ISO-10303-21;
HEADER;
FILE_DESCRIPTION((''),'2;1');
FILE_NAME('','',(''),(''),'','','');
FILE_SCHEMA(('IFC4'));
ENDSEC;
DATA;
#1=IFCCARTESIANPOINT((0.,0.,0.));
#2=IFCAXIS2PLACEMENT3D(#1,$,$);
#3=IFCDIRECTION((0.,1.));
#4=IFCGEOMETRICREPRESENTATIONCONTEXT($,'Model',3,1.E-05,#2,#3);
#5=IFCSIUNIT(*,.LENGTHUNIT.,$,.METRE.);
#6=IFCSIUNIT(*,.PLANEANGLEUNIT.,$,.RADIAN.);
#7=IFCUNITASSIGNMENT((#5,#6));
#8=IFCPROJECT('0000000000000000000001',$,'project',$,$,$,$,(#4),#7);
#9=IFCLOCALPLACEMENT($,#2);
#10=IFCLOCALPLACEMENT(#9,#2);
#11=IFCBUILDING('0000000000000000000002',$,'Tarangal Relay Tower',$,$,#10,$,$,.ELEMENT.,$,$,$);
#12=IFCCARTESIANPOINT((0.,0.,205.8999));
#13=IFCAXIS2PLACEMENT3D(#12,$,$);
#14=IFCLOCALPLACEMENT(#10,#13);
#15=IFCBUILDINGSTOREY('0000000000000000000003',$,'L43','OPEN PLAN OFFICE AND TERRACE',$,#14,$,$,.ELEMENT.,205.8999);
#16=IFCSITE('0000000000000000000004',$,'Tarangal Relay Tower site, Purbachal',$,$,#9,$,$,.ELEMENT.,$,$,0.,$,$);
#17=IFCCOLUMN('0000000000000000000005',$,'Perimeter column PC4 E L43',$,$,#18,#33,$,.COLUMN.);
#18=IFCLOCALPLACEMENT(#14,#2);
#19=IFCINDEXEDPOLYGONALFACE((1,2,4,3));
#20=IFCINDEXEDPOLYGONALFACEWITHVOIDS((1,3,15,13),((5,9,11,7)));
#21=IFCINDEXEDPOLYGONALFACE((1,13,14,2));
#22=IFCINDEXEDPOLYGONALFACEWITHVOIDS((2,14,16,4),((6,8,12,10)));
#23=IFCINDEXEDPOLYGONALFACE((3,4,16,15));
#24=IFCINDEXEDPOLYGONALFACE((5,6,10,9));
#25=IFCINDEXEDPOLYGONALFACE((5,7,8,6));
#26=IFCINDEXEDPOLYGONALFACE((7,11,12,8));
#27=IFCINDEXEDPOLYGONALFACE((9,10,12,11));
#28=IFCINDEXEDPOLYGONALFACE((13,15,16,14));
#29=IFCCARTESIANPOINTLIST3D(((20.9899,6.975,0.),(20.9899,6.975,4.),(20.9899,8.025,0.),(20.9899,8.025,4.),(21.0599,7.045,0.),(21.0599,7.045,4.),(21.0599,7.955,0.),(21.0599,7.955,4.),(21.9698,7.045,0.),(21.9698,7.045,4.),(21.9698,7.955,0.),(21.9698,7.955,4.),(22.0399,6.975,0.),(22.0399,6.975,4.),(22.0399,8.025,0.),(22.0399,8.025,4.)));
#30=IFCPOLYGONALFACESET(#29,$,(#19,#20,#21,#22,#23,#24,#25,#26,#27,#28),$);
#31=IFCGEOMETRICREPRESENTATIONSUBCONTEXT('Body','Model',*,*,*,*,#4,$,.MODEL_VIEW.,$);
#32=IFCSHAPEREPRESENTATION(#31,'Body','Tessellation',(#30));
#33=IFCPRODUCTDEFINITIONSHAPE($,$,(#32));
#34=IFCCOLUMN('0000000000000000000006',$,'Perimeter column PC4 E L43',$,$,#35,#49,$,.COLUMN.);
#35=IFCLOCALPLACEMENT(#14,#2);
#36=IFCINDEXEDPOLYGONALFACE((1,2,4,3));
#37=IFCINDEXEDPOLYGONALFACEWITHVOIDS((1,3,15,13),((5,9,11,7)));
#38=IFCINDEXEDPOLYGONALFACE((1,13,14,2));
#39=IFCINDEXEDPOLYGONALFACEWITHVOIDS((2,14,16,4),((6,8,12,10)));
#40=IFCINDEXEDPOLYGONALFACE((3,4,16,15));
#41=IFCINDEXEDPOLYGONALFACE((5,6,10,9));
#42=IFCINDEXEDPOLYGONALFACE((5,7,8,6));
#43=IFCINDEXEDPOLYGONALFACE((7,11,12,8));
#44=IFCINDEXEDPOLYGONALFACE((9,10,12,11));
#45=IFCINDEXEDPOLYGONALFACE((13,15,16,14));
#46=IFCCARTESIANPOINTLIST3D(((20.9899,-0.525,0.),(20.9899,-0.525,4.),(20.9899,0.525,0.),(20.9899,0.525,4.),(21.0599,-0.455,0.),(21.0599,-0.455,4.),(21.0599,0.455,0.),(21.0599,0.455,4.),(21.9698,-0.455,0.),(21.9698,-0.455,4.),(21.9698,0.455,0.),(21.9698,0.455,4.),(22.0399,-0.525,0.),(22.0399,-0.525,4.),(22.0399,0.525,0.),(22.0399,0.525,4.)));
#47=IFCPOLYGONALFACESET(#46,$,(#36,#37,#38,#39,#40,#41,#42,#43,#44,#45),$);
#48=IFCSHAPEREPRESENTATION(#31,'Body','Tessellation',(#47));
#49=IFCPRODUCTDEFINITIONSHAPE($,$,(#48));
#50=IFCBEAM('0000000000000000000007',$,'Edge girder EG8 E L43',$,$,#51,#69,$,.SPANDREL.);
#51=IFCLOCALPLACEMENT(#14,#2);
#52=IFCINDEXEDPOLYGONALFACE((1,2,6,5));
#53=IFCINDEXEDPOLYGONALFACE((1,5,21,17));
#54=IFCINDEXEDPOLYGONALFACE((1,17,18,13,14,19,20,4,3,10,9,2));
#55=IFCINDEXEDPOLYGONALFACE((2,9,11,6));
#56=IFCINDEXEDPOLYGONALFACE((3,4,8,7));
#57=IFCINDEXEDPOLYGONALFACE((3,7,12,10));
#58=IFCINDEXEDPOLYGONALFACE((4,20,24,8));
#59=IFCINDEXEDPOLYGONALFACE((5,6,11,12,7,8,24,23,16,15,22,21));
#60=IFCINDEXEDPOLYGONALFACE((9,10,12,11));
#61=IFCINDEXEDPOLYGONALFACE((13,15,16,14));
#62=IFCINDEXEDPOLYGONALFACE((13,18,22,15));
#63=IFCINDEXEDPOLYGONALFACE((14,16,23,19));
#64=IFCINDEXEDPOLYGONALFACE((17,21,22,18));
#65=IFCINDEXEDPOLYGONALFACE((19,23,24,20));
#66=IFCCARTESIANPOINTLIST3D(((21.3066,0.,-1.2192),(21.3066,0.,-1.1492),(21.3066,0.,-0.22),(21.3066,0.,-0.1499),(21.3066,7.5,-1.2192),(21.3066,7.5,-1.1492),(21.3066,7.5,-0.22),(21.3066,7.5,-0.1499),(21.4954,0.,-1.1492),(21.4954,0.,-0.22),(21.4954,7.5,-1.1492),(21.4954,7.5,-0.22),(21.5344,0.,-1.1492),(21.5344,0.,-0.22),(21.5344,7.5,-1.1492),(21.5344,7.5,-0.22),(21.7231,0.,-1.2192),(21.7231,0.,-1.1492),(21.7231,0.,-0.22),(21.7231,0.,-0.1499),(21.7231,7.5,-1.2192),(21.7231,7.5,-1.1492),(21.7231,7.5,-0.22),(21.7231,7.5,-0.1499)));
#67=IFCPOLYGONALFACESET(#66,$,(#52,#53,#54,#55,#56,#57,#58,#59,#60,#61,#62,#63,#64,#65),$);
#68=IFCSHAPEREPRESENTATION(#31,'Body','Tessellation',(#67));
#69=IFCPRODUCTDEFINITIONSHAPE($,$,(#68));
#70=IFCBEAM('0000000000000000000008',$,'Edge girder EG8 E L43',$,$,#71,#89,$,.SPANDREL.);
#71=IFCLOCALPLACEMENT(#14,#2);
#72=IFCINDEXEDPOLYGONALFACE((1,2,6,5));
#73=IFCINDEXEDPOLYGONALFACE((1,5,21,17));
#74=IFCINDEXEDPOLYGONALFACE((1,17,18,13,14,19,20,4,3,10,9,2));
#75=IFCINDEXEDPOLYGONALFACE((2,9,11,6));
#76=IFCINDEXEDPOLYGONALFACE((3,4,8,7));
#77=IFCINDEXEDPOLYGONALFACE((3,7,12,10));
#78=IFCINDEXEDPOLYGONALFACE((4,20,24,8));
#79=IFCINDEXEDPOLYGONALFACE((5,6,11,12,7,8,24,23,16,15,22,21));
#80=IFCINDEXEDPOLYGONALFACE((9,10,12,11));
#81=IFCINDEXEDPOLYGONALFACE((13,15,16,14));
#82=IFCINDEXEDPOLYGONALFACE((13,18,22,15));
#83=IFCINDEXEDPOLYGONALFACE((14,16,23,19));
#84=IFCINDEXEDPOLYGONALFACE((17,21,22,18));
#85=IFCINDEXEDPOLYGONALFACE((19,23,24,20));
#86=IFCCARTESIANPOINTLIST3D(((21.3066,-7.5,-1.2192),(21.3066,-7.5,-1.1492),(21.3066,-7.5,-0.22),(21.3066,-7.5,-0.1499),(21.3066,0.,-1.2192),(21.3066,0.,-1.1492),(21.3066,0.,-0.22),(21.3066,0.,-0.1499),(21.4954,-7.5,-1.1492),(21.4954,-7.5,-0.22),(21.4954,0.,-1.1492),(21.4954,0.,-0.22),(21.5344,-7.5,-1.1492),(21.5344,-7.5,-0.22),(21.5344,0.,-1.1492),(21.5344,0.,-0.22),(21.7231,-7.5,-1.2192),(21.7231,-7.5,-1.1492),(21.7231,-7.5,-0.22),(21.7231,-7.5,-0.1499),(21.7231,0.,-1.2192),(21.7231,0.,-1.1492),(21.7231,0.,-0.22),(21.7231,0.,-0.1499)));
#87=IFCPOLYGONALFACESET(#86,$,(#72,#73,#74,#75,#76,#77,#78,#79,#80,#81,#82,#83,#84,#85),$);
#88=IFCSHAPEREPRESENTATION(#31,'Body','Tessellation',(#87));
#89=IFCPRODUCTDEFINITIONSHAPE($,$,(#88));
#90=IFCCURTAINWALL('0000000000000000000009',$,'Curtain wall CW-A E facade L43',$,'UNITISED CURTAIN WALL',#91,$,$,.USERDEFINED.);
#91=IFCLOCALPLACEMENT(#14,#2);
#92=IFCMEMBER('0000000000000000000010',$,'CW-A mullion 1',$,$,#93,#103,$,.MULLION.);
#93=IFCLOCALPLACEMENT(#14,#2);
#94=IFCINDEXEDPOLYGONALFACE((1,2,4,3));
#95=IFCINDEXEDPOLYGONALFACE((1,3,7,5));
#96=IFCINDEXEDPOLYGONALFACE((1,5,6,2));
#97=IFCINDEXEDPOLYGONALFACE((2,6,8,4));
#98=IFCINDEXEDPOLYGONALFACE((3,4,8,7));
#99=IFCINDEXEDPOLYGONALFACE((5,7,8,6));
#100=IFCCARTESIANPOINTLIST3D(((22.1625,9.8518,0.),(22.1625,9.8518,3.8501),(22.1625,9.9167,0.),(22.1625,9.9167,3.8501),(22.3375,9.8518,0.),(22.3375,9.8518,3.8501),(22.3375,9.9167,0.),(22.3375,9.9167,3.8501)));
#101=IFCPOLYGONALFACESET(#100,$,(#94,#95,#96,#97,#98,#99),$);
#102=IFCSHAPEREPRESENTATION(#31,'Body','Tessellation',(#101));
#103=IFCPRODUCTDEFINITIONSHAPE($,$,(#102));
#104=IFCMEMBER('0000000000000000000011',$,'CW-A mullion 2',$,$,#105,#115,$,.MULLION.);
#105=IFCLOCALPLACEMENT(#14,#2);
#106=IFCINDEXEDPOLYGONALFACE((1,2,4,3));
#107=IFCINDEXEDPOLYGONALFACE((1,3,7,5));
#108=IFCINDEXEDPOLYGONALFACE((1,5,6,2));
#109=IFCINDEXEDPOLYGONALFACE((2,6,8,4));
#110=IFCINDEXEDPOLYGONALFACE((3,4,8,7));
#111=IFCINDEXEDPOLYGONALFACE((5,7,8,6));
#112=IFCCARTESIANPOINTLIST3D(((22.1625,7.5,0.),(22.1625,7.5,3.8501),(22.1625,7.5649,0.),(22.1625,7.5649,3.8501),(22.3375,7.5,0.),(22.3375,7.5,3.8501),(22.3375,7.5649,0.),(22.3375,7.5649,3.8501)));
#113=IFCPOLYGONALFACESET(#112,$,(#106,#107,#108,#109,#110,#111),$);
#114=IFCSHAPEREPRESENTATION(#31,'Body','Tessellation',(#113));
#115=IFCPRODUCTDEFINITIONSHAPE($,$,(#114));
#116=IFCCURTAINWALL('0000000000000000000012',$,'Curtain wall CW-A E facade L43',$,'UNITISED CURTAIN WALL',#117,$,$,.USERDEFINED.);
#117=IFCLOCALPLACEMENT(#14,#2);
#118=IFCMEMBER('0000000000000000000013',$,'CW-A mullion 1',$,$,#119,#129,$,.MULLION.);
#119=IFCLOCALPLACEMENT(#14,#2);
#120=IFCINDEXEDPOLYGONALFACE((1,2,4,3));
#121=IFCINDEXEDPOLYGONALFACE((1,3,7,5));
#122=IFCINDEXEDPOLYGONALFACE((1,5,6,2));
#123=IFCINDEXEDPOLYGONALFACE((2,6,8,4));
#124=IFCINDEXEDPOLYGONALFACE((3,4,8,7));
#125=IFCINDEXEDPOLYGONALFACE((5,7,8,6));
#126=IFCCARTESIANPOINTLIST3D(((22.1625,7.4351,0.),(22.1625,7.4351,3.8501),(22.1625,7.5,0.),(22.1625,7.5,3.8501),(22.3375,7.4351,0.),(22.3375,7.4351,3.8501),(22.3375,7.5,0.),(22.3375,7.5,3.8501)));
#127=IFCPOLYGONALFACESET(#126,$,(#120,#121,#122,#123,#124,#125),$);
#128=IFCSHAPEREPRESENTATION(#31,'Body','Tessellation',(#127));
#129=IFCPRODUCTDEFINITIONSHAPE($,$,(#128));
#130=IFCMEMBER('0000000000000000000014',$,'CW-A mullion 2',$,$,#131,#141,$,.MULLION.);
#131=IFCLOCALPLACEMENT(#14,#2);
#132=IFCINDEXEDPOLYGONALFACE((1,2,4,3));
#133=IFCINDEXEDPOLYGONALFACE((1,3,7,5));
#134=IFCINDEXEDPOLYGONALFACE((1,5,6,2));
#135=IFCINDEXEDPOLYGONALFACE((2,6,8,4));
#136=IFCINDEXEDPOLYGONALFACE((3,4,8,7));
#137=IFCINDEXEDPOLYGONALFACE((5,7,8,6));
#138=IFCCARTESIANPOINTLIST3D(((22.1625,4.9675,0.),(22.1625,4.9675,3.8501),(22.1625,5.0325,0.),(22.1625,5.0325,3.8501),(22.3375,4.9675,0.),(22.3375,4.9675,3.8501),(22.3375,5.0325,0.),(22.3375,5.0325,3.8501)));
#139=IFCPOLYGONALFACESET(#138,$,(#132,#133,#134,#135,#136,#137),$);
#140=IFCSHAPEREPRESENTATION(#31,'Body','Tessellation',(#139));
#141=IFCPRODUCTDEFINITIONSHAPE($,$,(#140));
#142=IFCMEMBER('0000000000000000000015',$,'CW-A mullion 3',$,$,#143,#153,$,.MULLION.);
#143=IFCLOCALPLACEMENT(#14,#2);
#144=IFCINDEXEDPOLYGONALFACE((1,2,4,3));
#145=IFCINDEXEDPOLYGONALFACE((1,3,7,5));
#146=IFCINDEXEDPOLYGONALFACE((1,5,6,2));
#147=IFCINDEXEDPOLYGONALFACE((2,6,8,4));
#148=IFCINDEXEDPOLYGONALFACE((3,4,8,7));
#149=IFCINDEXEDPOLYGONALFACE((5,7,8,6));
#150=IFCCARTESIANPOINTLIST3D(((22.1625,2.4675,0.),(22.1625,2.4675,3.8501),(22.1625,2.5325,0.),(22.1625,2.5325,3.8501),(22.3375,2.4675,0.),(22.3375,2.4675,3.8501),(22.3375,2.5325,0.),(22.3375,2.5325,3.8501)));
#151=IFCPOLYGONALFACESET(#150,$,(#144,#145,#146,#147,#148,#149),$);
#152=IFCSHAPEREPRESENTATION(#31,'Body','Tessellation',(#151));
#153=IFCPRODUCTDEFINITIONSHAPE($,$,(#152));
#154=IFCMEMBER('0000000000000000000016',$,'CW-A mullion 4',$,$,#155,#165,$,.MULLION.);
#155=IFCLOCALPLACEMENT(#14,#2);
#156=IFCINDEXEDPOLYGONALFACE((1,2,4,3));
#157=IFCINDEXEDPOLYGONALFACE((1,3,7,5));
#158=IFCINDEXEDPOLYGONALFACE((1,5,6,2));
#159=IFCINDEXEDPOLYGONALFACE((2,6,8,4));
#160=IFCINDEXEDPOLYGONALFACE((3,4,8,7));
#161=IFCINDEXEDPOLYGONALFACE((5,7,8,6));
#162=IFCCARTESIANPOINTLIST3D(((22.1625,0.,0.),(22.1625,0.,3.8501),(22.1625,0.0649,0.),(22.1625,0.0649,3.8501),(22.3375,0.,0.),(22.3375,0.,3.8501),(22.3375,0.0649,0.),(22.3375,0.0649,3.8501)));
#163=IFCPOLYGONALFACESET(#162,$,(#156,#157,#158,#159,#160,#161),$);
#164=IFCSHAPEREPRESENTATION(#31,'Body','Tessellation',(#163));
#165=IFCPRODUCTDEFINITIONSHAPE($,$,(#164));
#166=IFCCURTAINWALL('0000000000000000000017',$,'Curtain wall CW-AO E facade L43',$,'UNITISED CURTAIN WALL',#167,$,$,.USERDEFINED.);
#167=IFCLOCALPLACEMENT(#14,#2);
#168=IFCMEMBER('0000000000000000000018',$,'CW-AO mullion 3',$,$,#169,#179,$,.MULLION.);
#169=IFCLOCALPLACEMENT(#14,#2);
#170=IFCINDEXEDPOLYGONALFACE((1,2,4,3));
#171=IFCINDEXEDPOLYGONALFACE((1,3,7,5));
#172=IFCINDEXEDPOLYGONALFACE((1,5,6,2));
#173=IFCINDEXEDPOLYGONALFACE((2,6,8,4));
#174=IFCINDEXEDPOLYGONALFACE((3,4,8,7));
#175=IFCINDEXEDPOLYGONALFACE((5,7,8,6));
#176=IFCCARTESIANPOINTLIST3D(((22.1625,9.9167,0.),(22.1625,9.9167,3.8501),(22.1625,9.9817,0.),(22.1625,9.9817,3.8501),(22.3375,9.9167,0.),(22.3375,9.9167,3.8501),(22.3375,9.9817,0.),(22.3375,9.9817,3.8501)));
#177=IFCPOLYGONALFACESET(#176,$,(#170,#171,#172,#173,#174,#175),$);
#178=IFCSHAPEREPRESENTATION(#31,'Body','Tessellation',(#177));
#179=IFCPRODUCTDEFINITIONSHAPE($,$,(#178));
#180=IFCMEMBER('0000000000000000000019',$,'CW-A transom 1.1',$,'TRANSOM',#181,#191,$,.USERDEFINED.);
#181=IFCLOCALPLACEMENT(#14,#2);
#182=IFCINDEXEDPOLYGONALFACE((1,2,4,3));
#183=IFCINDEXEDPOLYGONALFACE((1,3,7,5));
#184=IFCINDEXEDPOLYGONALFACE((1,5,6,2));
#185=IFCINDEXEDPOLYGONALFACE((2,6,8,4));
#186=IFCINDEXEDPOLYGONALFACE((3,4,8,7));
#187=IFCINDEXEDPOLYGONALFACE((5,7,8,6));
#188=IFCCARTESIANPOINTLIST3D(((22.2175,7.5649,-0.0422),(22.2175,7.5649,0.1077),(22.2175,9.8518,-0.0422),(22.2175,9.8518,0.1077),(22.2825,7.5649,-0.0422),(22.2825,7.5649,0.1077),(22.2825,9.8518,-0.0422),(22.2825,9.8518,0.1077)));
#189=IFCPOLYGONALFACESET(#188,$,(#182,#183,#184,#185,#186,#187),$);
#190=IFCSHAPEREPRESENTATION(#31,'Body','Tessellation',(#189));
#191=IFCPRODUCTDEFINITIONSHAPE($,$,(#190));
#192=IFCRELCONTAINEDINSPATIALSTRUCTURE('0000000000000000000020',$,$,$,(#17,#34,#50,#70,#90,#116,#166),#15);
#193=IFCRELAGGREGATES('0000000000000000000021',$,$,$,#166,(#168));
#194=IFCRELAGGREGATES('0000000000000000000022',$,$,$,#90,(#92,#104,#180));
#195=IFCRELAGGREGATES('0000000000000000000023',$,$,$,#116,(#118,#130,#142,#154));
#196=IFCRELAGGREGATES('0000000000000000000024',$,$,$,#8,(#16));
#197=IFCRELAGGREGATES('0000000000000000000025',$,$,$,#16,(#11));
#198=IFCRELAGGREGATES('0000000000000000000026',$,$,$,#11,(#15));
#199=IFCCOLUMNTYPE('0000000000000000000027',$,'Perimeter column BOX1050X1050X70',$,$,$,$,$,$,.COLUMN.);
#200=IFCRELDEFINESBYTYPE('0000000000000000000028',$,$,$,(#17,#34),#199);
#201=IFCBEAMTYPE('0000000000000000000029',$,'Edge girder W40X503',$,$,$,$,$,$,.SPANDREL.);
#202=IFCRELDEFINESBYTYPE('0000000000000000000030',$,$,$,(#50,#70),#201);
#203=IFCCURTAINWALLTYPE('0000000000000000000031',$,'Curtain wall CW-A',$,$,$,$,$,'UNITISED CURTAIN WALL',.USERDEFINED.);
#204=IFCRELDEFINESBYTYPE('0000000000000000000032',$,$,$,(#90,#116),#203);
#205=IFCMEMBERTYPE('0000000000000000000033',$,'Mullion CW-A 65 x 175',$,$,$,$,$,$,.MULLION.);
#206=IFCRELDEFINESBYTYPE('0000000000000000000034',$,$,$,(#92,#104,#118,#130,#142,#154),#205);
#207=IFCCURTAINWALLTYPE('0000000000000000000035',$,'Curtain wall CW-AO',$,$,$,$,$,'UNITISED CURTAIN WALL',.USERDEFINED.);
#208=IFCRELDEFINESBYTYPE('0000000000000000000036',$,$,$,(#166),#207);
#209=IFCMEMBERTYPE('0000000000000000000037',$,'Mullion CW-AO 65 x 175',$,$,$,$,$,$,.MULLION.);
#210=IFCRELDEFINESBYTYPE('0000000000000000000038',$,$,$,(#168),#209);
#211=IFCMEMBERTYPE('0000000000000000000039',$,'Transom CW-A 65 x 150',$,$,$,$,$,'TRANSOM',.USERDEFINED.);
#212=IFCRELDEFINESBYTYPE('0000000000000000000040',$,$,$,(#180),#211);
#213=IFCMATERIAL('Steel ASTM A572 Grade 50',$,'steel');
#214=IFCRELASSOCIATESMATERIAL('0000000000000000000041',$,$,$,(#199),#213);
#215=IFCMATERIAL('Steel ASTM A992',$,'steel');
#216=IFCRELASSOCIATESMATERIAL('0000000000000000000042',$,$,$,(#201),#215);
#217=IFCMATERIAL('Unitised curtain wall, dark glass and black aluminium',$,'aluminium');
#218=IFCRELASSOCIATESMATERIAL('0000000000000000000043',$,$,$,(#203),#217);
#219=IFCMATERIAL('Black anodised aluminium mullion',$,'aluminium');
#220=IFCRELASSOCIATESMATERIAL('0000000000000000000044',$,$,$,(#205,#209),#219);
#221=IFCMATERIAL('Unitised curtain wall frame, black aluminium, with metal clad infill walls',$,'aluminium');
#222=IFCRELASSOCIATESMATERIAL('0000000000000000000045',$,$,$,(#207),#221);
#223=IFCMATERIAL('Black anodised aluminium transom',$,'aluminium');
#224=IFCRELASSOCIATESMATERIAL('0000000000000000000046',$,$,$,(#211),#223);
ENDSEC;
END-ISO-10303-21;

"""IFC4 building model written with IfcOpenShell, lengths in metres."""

from ifc_helpers import new_model, si_unit, direction, frame, origin, origin_2d, place, context, subcontext, project, spatial, rectangle, hollow_rectangle, i_section, extrude, material, material_profile, profile_set, type_object, element, aggregate, save


model = new_model("IFC4")

# Units and contexts
model_context = context("Model", 3, precision=1e-05, world=origin(), true_north=direction((0.0, 1.0)))
body_context = subcontext(model_context, "Body", "Model", "MODEL_VIEW")
ifc_project = project(units=[si_unit("LENGTHUNIT", "METRE"), si_unit("PLANEANGLEUNIT", "RADIAN")], contexts=[model_context])

# Site, building, storey
site_placement = place(None, origin())
site = spatial("IfcSite", under=ifc_project, at=site_placement, Name="Tarangal Relay Tower site, Purbachal", CompositionType="ELEMENT", RefElevation=0.0)
building_placement = place(site_placement, origin())
building = spatial("IfcBuilding", under=site, at=building_placement, Name="Tarangal Relay Tower", CompositionType="ELEMENT")
storey_placement = place(building_placement, frame((0.0, 0.0, 205.8999)))
storey = spatial("IfcBuildingStorey", under=building, at=storey_placement, Name="L43", Description="OPEN PLAN OFFICE AND TERRACE", CompositionType="ELEMENT", Elevation=205.8999)

# Columns
ifc_material_1 = material(Name="Steel ASTM A572 Grade 50", Category="steel")
ifc_material_profile_1 = material_profile(ifc_material_1, hollow_rectangle(XDim=1.05, YDim=1.05, WallThickness=0.0701, at=origin_2d()), Name="BOX1050X1050X70")
ifc_profile_set_1 = profile_set([ifc_material_profile_1], Name="Steel ASTM A572 Grade 50")
column_type = type_object("IfcColumnType", Name="Perimeter column BOX1050X1050X70", PredefinedType="COLUMN", material=ifc_profile_set_1)
for number, where, z_axis, x_axis, name in (
    (1, (21.5149, 7.5, 0.0), (0.0, 0.0, 1.0), (1.0, 0.0, 0.0), "Perimeter column PC4 E L43"),
    (2, (21.5149, 0.0, 0.0), (0.0, 0.0, 1.0), (1.0, 0.0, 0.0), "Perimeter column PC4 E L43"),
):
    element("IfcColumn", number, at=place(storey_placement, frame(where, z_axis=z_axis, x_axis=x_axis)), inside=storey, type_object=column_type, Name=name, PredefinedType="COLUMN", context=body_context, shape_type="SweptSolid", body=[
        extrude(hollow_rectangle(XDim=1.05, YDim=1.05, WallThickness=0.0701, at=origin_2d()), origin(), (0.0, 0.0, 1.0), 4.0),
    ])

# Beams
ifc_material_2 = material(Name="Steel ASTM A992", Category="steel")
ifc_material_profile_2 = material_profile(ifc_material_2, i_section(OverallWidth=0.4165, OverallDepth=1.0693, WebThickness=0.0391, FlangeThickness=0.0701, at=origin_2d()), Name="W40X503")
ifc_profile_set_2 = profile_set([ifc_material_profile_2], Name="Steel ASTM A992")
beam_type = type_object("IfcBeamType", Name="Edge girder W40X503", PredefinedType="SPANDREL", material=ifc_profile_set_2)
for number, where, z_axis, x_axis, name in (
    (3, (21.5149, 7.5, -0.6846), (0.0, -1.0, 0.0), (1.0, 0.0, 0.0), "Edge girder EG8 E L43"),
    (4, (21.5149, 0.0, -0.6846), (0.0, -1.0, 0.0), (1.0, 0.0, 0.0), "Edge girder EG8 E L43"),
):
    element("IfcBeam", number, at=place(storey_placement, frame(where, z_axis=z_axis, x_axis=x_axis)), inside=storey, type_object=beam_type, Name=name, PredefinedType="SPANDREL", context=body_context, shape_type="SweptSolid", body=[
        extrude(i_section(OverallWidth=0.4165, OverallDepth=1.0693, WebThickness=0.0391, FlangeThickness=0.0701, at=origin_2d()), origin(), (0.0, 0.0, 1.0), 7.5),
    ])

# Curtain walls, members
ifc_material_3 = material(Name="Unitised curtain wall, dark glass and black aluminium", Category="aluminium")
curtain_wall_type_1 = type_object("IfcCurtainWallType", Name="Curtain wall CW-A", ElementType="UNITISED CURTAIN WALL", PredefinedType="USERDEFINED", material=ifc_material_3)
curtain_wall_1_placement = place(storey_placement, origin())
curtain_wall_1 = element("IfcCurtainWall", 5, at=curtain_wall_1_placement, inside=storey, type_object=curtain_wall_type_1, Name="Curtain wall CW-A E facade L43", ObjectType="UNITISED CURTAIN WALL", PredefinedType="USERDEFINED")
ifc_material_4 = material(Name="Black anodised aluminium mullion", Category="aluminium")
ifc_material_profile_3 = material_profile(ifc_material_4, rectangle(XDim=0.175, YDim=0.0649, at=origin_2d()), Name="CW-AM 65X175")
ifc_profile_set_3 = profile_set([ifc_material_profile_3], Name="Black anodised aluminium mullion")
member_type_1 = type_object("IfcMemberType", Name="Mullion CW-A 65 x 175", PredefinedType="MULLION", material=ifc_profile_set_3)
member_1_placement = place(storey_placement, frame((22.25, 9.8843, 0.0), z_axis=(0.0, 0.0, 1.0), x_axis=(1.0, 0.0, 0.0)))
member_1 = element("IfcMember", 6, at=member_1_placement, type_object=member_type_1, Name="CW-A mullion 1", PredefinedType="MULLION", context=body_context, shape_type="SweptSolid", body=[
    extrude(rectangle(XDim=0.175, YDim=0.0649, at=origin_2d()), origin(), (0.0, 0.0, 1.0), 3.8501),
])
member_2_placement = place(storey_placement, frame((22.25, 7.5325, 0.0), z_axis=(0.0, 0.0, 1.0), x_axis=(1.0, 0.0, 0.0)))
member_2 = element("IfcMember", 7, at=member_2_placement, type_object=member_type_1, Name="CW-A mullion 2", PredefinedType="MULLION", context=body_context, shape_type="SweptSolid", body=[
    extrude(rectangle(XDim=0.175, YDim=0.0649, at=origin_2d()), origin(), (0.0, 0.0, 1.0), 3.8501),
])
curtain_wall_2_placement = place(storey_placement, origin())
curtain_wall_2 = element("IfcCurtainWall", 8, at=curtain_wall_2_placement, inside=storey, type_object=curtain_wall_type_1, Name="Curtain wall CW-A E facade L43", ObjectType="UNITISED CURTAIN WALL", PredefinedType="USERDEFINED")
member_3_placement = place(storey_placement, frame((22.25, 7.4675, 0.0), z_axis=(0.0, 0.0, 1.0), x_axis=(1.0, 0.0, 0.0)))
member_3 = element("IfcMember", 9, at=member_3_placement, type_object=member_type_1, Name="CW-A mullion 1", PredefinedType="MULLION", context=body_context, shape_type="SweptSolid", body=[
    extrude(rectangle(XDim=0.175, YDim=0.0649, at=origin_2d()), origin(), (0.0, 0.0, 1.0), 3.8501),
])
member_4_placement = place(storey_placement, frame((22.25, 5.0, 0.0), z_axis=(0.0, 0.0, 1.0), x_axis=(1.0, 0.0, 0.0)))
member_4 = element("IfcMember", 10, at=member_4_placement, type_object=member_type_1, Name="CW-A mullion 2", PredefinedType="MULLION", context=body_context, shape_type="SweptSolid", body=[
    extrude(rectangle(XDim=0.175, YDim=0.0649, at=origin_2d()), origin(), (0.0, 0.0, 1.0), 3.8501),
])
member_5_placement = place(storey_placement, frame((22.25, 2.5, 0.0), z_axis=(0.0, 0.0, 1.0), x_axis=(1.0, 0.0, 0.0)))
member_5 = element("IfcMember", 11, at=member_5_placement, type_object=member_type_1, Name="CW-A mullion 3", PredefinedType="MULLION", context=body_context, shape_type="SweptSolid", body=[
    extrude(rectangle(XDim=0.175, YDim=0.0649, at=origin_2d()), origin(), (0.0, 0.0, 1.0), 3.8501),
])
member_6_placement = place(storey_placement, frame((22.25, 0.0325, 0.0), z_axis=(0.0, 0.0, 1.0), x_axis=(1.0, 0.0, 0.0)))
member_6 = element("IfcMember", 12, at=member_6_placement, type_object=member_type_1, Name="CW-A mullion 4", PredefinedType="MULLION", context=body_context, shape_type="SweptSolid", body=[
    extrude(rectangle(XDim=0.175, YDim=0.0649, at=origin_2d()), origin(), (0.0, 0.0, 1.0), 3.8501),
])

# Curtain wall, member
ifc_material_5 = material(Name="Unitised curtain wall frame, black aluminium, with metal clad infill walls", Category="aluminium")
curtain_wall_type_2 = type_object("IfcCurtainWallType", Name="Curtain wall CW-AO", ElementType="UNITISED CURTAIN WALL", PredefinedType="USERDEFINED", material=ifc_material_5)
curtain_wall_3_placement = place(storey_placement, origin())
curtain_wall_3 = element("IfcCurtainWall", 13, at=curtain_wall_3_placement, inside=storey, type_object=curtain_wall_type_2, Name="Curtain wall CW-AO E facade L43", ObjectType="UNITISED CURTAIN WALL", PredefinedType="USERDEFINED")
ifc_material_profile_4 = material_profile(ifc_material_4, rectangle(XDim=0.175, YDim=0.0649, at=origin_2d()), Name="CW-AOM 65X175")
ifc_profile_set_4 = profile_set([ifc_material_profile_4], Name="Black anodised aluminium mullion")
member_type_2 = type_object("IfcMemberType", Name="Mullion CW-AO 65 x 175", PredefinedType="MULLION", material=ifc_profile_set_4)
member_7_placement = place(storey_placement, frame((22.25, 9.9492, 0.0), z_axis=(0.0, 0.0, 1.0), x_axis=(1.0, 0.0, 0.0)))
member_7 = element("IfcMember", 14, at=member_7_placement, type_object=member_type_2, Name="CW-AO mullion 3", PredefinedType="MULLION", context=body_context, shape_type="SweptSolid", body=[
    extrude(rectangle(XDim=0.175, YDim=0.0649, at=origin_2d()), origin(), (0.0, 0.0, 1.0), 3.8501),
])
aggregate(curtain_wall_3, [member_7])

# Member
ifc_material_6 = material(Name="Black anodised aluminium transom", Category="aluminium")
ifc_material_profile_5 = material_profile(ifc_material_6, rectangle(XDim=0.0649, YDim=0.1499, at=origin_2d()), Name="CW-AT 65X150")
ifc_profile_set_5 = profile_set([ifc_material_profile_5], Name="Black anodised aluminium transom")
member_type_3 = type_object("IfcMemberType", Name="Transom CW-A 65 x 150", ElementType="TRANSOM", PredefinedType="USERDEFINED", material=ifc_profile_set_5)
member_8_placement = place(storey_placement, frame((22.25, 9.8518, 0.0327), z_axis=(0.0, -1.0, 0.0), x_axis=(1.0, 0.0, 0.0)))
member_8 = element("IfcMember", 15, at=member_8_placement, type_object=member_type_3, Name="CW-A transom 1.1", ObjectType="TRANSOM", PredefinedType="USERDEFINED", context=body_context, shape_type="SweptSolid", body=[
    extrude(rectangle(XDim=0.0649, YDim=0.1499, at=origin_2d()), origin(), (0.0, 0.0, 1.0), 2.2869),
])

aggregate(curtain_wall_1, [member_1, member_2, member_8])
aggregate(curtain_wall_2, [member_3, member_4, member_5, member_6])

save(model, "model.ifc")
